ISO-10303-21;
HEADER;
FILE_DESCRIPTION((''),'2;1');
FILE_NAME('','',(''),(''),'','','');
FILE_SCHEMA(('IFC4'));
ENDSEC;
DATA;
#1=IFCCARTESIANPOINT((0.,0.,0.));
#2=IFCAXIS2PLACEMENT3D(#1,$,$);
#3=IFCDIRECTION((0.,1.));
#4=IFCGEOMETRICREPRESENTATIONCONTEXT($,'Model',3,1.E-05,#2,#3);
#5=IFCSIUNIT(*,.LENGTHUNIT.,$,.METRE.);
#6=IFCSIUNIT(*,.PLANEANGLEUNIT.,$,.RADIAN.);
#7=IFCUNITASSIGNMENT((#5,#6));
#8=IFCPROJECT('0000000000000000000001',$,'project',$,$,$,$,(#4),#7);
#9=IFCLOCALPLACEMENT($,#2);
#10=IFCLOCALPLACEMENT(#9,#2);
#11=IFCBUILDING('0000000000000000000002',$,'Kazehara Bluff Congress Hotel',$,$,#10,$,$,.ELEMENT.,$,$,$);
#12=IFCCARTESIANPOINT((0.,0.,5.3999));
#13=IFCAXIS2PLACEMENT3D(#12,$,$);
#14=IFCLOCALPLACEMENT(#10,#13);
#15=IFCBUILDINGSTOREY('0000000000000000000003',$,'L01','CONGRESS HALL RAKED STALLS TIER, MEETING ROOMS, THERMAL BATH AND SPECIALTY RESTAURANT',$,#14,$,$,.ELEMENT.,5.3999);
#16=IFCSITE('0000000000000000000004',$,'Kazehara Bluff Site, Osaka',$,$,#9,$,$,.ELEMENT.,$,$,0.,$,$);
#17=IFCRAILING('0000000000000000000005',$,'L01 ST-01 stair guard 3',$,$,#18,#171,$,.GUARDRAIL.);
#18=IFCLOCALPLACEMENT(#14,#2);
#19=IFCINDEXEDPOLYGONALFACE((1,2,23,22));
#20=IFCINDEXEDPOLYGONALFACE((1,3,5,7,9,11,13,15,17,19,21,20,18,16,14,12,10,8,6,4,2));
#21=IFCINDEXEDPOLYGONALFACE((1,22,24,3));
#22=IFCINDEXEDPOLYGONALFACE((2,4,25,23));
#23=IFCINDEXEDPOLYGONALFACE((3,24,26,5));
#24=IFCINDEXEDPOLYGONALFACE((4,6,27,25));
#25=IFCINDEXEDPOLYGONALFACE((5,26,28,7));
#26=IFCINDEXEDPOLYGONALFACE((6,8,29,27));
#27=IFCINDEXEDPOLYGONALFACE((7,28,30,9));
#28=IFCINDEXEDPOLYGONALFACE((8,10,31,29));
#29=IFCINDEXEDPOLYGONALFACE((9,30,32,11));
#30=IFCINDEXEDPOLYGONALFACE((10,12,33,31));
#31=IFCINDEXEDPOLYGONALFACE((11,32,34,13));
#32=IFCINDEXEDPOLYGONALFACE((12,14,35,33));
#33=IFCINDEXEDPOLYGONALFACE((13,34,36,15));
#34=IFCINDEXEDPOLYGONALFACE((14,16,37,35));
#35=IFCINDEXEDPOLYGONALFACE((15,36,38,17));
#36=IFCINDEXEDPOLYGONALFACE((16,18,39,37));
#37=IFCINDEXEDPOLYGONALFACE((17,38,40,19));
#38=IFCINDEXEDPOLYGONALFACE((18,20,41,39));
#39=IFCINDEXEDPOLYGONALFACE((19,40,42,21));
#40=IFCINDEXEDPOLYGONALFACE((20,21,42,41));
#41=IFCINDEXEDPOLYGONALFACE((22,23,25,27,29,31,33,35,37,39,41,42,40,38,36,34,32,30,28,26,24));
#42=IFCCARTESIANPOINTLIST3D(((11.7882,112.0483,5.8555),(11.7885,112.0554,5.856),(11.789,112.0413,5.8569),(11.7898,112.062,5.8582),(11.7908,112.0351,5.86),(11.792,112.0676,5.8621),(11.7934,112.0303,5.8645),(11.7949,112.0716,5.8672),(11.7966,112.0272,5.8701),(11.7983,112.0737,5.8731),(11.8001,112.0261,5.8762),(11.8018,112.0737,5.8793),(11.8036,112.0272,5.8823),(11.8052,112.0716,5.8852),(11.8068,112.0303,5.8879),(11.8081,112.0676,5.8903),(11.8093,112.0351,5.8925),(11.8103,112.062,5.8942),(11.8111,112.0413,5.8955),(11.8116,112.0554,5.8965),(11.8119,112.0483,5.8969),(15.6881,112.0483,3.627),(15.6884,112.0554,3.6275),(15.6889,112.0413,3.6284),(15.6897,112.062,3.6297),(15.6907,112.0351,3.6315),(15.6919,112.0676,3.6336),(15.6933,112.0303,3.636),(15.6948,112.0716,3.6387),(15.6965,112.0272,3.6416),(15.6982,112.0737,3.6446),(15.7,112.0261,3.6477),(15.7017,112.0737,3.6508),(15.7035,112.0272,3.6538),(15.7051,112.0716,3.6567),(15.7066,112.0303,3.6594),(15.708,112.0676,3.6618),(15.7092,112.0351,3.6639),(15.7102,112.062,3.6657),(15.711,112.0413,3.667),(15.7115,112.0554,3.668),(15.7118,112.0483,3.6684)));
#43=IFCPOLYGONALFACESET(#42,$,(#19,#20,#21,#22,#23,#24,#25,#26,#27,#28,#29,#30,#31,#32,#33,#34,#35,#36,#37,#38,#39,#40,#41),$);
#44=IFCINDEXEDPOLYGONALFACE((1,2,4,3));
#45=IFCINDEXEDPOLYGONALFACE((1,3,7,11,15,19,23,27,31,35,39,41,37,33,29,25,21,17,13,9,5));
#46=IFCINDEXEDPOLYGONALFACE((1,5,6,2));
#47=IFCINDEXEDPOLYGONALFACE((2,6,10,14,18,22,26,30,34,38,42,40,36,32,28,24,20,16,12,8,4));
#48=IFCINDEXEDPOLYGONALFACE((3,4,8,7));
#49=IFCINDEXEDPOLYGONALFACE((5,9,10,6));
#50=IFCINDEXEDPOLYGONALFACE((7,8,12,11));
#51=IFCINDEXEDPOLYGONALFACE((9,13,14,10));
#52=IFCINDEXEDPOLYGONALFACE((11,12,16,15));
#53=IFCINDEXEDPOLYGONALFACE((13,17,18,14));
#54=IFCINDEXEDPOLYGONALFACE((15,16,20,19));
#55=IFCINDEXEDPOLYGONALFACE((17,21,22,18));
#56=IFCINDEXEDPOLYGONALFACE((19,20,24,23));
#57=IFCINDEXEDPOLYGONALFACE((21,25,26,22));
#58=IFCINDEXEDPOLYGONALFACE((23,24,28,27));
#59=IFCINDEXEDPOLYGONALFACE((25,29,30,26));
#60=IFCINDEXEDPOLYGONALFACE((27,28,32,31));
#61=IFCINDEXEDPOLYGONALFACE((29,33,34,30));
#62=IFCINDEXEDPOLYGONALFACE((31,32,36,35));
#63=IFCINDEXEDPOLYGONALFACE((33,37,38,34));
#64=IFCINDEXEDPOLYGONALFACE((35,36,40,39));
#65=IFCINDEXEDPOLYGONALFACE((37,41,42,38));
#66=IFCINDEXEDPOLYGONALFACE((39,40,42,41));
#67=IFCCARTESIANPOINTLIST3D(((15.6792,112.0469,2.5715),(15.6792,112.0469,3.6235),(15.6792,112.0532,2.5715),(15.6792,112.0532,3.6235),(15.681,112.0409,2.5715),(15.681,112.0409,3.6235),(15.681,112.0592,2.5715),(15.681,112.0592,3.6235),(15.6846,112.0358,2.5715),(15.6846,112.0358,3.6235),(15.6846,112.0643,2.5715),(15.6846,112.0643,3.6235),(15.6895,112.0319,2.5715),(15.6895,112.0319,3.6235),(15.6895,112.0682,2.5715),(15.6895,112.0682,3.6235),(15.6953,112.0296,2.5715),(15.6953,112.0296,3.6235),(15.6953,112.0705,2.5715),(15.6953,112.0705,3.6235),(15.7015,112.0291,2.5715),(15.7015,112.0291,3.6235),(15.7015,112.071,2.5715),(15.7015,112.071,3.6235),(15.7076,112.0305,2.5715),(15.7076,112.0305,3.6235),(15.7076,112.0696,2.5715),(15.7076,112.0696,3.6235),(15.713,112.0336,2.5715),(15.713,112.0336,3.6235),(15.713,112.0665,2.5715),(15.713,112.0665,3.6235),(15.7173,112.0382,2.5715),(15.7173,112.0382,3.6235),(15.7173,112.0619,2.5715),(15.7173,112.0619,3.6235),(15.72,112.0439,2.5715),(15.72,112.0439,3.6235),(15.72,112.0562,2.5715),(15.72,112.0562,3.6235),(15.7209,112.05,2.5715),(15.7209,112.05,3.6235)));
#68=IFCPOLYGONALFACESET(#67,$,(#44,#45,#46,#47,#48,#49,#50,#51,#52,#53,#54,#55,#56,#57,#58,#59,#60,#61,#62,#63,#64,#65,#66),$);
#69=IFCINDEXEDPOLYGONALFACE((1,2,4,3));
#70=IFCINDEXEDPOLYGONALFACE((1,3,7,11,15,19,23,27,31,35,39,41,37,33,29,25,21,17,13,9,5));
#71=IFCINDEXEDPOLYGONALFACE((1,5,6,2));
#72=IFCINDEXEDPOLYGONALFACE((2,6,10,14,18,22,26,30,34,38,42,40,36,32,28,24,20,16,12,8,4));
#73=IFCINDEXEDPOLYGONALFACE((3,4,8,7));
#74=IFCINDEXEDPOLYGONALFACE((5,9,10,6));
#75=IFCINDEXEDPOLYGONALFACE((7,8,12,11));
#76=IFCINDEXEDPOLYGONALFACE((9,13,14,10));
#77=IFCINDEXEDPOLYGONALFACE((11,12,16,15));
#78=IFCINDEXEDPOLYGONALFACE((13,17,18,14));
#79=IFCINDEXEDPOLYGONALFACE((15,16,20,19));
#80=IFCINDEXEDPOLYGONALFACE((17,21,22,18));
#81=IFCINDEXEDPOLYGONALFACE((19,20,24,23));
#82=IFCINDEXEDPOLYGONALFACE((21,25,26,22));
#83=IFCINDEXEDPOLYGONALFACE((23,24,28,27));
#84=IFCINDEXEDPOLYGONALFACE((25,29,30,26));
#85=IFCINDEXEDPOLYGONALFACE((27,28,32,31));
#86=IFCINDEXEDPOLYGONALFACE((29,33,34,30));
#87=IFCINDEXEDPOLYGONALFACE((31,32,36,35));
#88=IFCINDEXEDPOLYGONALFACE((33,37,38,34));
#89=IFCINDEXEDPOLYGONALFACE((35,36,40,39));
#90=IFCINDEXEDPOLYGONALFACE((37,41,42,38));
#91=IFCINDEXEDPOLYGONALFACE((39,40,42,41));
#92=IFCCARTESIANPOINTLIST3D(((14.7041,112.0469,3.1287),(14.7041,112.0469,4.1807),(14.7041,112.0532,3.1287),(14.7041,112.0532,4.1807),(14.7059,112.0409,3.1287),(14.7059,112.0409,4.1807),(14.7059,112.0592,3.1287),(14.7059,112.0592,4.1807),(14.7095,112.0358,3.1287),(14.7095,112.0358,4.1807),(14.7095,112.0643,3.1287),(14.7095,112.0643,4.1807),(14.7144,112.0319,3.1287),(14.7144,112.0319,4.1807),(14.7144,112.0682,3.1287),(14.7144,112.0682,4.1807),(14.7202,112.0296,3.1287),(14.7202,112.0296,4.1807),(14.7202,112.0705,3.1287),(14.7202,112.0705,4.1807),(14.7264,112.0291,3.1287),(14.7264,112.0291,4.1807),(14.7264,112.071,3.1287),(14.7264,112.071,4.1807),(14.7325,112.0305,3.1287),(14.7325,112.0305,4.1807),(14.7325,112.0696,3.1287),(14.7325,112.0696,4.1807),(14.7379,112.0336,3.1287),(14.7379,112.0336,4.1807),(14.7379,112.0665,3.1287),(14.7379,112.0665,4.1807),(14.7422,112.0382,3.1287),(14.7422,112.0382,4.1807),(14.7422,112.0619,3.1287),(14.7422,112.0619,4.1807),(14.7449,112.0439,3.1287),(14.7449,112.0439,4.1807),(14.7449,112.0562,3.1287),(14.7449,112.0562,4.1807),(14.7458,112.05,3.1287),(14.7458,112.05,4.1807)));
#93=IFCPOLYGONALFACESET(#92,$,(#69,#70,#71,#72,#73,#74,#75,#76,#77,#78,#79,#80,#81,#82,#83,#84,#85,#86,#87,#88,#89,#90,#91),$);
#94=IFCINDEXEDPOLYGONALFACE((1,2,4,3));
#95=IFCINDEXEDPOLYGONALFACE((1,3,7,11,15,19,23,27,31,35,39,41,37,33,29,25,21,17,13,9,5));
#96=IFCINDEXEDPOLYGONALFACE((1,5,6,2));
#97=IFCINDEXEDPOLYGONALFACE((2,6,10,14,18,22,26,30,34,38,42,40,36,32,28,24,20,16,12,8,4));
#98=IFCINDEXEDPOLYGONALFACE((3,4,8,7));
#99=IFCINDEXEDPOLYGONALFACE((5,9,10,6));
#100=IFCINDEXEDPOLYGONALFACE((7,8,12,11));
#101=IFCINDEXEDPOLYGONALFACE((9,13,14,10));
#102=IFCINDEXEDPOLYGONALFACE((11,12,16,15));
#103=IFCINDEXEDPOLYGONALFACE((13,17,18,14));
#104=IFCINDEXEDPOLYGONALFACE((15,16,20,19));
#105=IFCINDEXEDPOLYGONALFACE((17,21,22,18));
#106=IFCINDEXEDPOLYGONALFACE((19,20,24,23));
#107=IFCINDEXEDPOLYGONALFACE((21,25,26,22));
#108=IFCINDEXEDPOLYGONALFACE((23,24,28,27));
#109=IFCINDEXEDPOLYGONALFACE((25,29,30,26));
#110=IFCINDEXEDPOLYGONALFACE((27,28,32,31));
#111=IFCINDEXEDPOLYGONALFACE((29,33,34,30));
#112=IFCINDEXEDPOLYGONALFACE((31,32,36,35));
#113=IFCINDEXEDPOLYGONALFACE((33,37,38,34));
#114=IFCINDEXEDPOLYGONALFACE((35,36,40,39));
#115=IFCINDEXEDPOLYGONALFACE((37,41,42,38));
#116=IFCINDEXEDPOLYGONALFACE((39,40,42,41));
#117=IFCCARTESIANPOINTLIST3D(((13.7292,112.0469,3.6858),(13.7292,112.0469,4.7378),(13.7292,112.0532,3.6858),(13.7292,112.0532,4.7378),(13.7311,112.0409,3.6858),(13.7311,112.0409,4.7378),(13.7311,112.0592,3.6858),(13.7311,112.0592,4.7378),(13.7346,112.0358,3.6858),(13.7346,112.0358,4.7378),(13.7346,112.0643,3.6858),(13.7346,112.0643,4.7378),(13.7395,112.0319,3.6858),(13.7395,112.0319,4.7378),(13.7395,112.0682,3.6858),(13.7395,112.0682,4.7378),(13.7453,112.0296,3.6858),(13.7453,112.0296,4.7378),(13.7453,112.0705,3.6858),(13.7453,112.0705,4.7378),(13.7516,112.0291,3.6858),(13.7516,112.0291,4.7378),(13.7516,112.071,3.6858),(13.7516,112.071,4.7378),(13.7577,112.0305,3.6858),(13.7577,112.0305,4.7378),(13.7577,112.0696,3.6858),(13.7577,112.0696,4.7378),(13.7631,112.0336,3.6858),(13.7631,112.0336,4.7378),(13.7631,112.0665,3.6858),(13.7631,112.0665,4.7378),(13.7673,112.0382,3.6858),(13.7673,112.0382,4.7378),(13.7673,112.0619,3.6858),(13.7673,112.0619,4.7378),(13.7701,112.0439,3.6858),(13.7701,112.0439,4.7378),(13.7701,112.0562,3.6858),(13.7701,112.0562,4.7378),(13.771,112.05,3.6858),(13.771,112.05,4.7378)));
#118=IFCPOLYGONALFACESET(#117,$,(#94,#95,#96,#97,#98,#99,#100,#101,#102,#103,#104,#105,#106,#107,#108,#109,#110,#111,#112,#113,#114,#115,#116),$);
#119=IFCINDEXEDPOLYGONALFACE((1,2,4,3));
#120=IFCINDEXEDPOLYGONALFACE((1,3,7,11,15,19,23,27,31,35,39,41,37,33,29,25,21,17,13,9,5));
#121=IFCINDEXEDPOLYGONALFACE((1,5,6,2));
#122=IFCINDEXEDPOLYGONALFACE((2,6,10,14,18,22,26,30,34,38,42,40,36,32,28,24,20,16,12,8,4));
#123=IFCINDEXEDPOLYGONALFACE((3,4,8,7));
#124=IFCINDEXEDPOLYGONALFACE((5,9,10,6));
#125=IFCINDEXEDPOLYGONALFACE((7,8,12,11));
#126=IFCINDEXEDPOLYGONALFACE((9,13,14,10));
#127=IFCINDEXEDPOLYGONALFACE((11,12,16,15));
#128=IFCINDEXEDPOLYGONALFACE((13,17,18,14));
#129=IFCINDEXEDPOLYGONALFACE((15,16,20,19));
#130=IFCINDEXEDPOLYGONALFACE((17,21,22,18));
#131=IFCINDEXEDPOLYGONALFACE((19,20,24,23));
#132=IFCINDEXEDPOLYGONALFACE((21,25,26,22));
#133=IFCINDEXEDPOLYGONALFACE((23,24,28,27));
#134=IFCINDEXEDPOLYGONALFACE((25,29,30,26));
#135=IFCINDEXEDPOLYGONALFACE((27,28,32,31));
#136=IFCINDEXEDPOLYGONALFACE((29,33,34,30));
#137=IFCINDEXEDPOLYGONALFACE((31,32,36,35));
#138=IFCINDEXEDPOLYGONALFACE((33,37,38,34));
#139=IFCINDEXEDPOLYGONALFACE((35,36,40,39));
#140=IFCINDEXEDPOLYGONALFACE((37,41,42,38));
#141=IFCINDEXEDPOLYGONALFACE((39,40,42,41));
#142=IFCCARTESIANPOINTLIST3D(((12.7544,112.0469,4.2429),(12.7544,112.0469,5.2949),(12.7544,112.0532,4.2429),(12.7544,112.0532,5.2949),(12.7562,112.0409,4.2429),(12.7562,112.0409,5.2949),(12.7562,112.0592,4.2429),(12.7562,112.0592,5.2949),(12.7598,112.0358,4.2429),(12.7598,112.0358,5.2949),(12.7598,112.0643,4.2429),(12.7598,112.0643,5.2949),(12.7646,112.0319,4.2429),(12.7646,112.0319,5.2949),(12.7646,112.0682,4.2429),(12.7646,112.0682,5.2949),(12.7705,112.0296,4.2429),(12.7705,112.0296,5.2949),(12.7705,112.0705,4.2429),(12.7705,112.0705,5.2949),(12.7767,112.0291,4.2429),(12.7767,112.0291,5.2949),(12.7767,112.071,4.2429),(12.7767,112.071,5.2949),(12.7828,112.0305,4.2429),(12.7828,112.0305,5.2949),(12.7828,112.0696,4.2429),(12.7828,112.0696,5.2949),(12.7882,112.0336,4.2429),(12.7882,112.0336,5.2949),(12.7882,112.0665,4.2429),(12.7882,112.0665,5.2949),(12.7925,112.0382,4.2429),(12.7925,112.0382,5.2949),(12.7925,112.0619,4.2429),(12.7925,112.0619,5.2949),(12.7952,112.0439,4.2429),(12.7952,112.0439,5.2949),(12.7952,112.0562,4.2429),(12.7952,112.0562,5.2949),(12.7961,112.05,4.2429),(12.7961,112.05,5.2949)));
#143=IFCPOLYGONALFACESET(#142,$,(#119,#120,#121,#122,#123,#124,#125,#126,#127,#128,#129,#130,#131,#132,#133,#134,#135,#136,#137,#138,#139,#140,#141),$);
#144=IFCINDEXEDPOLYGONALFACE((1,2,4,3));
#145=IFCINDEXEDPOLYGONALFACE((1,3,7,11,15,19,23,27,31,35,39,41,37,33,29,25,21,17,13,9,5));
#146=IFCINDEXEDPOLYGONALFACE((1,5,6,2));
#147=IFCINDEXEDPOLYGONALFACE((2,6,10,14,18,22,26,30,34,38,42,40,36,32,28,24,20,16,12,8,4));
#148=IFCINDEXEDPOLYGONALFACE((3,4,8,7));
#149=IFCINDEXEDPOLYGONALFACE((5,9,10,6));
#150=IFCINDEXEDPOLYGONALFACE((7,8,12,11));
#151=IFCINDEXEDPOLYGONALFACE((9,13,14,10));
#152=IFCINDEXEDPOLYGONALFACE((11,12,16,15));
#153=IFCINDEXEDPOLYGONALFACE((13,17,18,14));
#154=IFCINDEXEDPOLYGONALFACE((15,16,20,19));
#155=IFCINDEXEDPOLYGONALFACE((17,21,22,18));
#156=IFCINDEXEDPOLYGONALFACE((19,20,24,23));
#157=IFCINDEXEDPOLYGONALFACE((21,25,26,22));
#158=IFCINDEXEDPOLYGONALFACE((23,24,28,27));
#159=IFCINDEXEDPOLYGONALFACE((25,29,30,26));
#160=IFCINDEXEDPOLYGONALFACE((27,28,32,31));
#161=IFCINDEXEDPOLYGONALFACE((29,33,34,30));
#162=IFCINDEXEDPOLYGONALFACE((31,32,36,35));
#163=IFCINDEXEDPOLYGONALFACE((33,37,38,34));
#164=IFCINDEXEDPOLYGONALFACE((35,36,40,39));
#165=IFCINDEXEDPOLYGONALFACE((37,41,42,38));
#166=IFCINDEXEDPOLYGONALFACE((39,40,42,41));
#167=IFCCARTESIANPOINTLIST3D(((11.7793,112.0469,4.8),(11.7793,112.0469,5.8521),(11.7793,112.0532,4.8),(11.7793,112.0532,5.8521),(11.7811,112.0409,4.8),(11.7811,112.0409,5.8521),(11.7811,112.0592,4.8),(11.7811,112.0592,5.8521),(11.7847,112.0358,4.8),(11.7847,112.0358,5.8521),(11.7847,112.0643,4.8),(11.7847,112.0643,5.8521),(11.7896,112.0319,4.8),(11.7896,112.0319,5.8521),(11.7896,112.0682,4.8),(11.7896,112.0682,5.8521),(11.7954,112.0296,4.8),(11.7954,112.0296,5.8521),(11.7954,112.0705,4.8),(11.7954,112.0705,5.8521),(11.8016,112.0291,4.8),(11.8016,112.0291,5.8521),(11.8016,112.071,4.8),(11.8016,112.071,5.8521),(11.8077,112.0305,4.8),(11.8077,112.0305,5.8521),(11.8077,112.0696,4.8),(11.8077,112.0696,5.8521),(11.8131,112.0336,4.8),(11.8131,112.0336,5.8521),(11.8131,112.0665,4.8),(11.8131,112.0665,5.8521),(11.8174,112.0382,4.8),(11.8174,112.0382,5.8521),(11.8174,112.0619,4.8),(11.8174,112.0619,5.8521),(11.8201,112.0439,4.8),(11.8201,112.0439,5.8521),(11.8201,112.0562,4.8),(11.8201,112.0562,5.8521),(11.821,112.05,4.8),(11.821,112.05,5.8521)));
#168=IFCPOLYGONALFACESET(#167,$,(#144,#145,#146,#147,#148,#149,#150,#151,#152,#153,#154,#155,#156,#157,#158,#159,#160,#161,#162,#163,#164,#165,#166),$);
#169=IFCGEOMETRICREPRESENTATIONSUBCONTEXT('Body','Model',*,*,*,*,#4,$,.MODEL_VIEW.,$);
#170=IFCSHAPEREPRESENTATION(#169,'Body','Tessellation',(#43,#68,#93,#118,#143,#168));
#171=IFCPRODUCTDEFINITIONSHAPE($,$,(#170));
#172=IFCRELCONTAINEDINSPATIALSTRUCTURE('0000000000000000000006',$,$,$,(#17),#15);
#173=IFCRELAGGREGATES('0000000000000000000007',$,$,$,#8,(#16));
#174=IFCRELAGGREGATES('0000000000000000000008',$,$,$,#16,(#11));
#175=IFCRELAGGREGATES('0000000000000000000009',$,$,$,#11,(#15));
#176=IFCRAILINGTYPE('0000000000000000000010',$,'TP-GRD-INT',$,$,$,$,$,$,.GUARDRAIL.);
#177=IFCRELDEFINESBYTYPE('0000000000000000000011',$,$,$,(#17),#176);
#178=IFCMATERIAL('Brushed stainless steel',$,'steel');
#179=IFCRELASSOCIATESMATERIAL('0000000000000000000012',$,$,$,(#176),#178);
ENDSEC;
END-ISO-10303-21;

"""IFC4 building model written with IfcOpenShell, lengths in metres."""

from ifc_helpers import new_model, si_unit, direction, frame, origin, origin_2d, place, context, subcontext, project, spatial, circle, extrude, material, type_object, element, save


model = new_model("IFC4")

# Units and contexts
model_context = context("Model", 3, precision=1e-05, world=origin(), true_north=direction((0.0, 1.0)))
body_context = subcontext(model_context, "Body", "Model", "MODEL_VIEW")
ifc_project = project(units=[si_unit("LENGTHUNIT", "METRE"), si_unit("PLANEANGLEUNIT", "RADIAN")], contexts=[model_context])

# Site, building, storey
site_placement = place(None, origin())
site = spatial("IfcSite", under=ifc_project, at=site_placement, Name="Kazehara Bluff Site, Osaka", CompositionType="ELEMENT", RefElevation=0.0)
building_placement = place(site_placement, origin())
building = spatial("IfcBuilding", under=site, at=building_placement, Name="Kazehara Bluff Congress Hotel", CompositionType="ELEMENT")
storey_placement = place(building_placement, frame((0.0, 0.0, 5.3999)))
storey = spatial("IfcBuildingStorey", under=building, at=storey_placement, Name="L01", Description="CONGRESS HALL RAKED STALLS TIER, MEETING ROOMS, THERMAL BATH AND SPECIALTY RESTAURANT", CompositionType="ELEMENT", Elevation=5.3999)

# Railing
ifc_material_1 = material(Name="Brushed stainless steel", Category="steel")
railing_type = type_object("IfcRailingType", Name="TP-GRD-INT", PredefinedType="GUARDRAIL", material=ifc_material_1)
railing_placement = place(storey_placement, frame((15.7, 112.05, 2.5715)))
element("IfcRailing", 1, at=railing_placement, inside=storey, type_object=railing_type, Name="L01 ST-01 stair guard 3", PredefinedType="GUARDRAIL", context=body_context, shape_type="SweptSolid", body=[
    extrude(circle(Radius=0.0239, at=origin_2d()), frame((0.0, 0.0, 1.0762), z_axis=(-0.868243, 0.0, 0.496139), x_axis=(0.0, -1.0, 0.0)), (0.0, 0.0, 1.0), 4.4917),
    extrude(circle(Radius=0.021, at=origin_2d()), origin(), (0.0, 0.0, 1.0), 1.052),
    extrude(circle(Radius=0.021, at=origin_2d()), frame((-0.9751, 0.0, 0.5571)), (0.0, 0.0, 1.0), 1.052),
    extrude(circle(Radius=0.021, at=origin_2d()), frame((-1.95, 0.0, 1.1143)), (0.0, 0.0, 1.0), 1.052),
    extrude(circle(Radius=0.021, at=origin_2d()), frame((-2.9248, 0.0, 1.6714)), (0.0, 0.0, 1.0), 1.052),
    extrude(circle(Radius=0.021, at=origin_2d()), frame((-3.8999, 0.0, 2.2285)), (0.0, 0.0, 1.0), 1.052),
])

save(model, "model.ifc")
